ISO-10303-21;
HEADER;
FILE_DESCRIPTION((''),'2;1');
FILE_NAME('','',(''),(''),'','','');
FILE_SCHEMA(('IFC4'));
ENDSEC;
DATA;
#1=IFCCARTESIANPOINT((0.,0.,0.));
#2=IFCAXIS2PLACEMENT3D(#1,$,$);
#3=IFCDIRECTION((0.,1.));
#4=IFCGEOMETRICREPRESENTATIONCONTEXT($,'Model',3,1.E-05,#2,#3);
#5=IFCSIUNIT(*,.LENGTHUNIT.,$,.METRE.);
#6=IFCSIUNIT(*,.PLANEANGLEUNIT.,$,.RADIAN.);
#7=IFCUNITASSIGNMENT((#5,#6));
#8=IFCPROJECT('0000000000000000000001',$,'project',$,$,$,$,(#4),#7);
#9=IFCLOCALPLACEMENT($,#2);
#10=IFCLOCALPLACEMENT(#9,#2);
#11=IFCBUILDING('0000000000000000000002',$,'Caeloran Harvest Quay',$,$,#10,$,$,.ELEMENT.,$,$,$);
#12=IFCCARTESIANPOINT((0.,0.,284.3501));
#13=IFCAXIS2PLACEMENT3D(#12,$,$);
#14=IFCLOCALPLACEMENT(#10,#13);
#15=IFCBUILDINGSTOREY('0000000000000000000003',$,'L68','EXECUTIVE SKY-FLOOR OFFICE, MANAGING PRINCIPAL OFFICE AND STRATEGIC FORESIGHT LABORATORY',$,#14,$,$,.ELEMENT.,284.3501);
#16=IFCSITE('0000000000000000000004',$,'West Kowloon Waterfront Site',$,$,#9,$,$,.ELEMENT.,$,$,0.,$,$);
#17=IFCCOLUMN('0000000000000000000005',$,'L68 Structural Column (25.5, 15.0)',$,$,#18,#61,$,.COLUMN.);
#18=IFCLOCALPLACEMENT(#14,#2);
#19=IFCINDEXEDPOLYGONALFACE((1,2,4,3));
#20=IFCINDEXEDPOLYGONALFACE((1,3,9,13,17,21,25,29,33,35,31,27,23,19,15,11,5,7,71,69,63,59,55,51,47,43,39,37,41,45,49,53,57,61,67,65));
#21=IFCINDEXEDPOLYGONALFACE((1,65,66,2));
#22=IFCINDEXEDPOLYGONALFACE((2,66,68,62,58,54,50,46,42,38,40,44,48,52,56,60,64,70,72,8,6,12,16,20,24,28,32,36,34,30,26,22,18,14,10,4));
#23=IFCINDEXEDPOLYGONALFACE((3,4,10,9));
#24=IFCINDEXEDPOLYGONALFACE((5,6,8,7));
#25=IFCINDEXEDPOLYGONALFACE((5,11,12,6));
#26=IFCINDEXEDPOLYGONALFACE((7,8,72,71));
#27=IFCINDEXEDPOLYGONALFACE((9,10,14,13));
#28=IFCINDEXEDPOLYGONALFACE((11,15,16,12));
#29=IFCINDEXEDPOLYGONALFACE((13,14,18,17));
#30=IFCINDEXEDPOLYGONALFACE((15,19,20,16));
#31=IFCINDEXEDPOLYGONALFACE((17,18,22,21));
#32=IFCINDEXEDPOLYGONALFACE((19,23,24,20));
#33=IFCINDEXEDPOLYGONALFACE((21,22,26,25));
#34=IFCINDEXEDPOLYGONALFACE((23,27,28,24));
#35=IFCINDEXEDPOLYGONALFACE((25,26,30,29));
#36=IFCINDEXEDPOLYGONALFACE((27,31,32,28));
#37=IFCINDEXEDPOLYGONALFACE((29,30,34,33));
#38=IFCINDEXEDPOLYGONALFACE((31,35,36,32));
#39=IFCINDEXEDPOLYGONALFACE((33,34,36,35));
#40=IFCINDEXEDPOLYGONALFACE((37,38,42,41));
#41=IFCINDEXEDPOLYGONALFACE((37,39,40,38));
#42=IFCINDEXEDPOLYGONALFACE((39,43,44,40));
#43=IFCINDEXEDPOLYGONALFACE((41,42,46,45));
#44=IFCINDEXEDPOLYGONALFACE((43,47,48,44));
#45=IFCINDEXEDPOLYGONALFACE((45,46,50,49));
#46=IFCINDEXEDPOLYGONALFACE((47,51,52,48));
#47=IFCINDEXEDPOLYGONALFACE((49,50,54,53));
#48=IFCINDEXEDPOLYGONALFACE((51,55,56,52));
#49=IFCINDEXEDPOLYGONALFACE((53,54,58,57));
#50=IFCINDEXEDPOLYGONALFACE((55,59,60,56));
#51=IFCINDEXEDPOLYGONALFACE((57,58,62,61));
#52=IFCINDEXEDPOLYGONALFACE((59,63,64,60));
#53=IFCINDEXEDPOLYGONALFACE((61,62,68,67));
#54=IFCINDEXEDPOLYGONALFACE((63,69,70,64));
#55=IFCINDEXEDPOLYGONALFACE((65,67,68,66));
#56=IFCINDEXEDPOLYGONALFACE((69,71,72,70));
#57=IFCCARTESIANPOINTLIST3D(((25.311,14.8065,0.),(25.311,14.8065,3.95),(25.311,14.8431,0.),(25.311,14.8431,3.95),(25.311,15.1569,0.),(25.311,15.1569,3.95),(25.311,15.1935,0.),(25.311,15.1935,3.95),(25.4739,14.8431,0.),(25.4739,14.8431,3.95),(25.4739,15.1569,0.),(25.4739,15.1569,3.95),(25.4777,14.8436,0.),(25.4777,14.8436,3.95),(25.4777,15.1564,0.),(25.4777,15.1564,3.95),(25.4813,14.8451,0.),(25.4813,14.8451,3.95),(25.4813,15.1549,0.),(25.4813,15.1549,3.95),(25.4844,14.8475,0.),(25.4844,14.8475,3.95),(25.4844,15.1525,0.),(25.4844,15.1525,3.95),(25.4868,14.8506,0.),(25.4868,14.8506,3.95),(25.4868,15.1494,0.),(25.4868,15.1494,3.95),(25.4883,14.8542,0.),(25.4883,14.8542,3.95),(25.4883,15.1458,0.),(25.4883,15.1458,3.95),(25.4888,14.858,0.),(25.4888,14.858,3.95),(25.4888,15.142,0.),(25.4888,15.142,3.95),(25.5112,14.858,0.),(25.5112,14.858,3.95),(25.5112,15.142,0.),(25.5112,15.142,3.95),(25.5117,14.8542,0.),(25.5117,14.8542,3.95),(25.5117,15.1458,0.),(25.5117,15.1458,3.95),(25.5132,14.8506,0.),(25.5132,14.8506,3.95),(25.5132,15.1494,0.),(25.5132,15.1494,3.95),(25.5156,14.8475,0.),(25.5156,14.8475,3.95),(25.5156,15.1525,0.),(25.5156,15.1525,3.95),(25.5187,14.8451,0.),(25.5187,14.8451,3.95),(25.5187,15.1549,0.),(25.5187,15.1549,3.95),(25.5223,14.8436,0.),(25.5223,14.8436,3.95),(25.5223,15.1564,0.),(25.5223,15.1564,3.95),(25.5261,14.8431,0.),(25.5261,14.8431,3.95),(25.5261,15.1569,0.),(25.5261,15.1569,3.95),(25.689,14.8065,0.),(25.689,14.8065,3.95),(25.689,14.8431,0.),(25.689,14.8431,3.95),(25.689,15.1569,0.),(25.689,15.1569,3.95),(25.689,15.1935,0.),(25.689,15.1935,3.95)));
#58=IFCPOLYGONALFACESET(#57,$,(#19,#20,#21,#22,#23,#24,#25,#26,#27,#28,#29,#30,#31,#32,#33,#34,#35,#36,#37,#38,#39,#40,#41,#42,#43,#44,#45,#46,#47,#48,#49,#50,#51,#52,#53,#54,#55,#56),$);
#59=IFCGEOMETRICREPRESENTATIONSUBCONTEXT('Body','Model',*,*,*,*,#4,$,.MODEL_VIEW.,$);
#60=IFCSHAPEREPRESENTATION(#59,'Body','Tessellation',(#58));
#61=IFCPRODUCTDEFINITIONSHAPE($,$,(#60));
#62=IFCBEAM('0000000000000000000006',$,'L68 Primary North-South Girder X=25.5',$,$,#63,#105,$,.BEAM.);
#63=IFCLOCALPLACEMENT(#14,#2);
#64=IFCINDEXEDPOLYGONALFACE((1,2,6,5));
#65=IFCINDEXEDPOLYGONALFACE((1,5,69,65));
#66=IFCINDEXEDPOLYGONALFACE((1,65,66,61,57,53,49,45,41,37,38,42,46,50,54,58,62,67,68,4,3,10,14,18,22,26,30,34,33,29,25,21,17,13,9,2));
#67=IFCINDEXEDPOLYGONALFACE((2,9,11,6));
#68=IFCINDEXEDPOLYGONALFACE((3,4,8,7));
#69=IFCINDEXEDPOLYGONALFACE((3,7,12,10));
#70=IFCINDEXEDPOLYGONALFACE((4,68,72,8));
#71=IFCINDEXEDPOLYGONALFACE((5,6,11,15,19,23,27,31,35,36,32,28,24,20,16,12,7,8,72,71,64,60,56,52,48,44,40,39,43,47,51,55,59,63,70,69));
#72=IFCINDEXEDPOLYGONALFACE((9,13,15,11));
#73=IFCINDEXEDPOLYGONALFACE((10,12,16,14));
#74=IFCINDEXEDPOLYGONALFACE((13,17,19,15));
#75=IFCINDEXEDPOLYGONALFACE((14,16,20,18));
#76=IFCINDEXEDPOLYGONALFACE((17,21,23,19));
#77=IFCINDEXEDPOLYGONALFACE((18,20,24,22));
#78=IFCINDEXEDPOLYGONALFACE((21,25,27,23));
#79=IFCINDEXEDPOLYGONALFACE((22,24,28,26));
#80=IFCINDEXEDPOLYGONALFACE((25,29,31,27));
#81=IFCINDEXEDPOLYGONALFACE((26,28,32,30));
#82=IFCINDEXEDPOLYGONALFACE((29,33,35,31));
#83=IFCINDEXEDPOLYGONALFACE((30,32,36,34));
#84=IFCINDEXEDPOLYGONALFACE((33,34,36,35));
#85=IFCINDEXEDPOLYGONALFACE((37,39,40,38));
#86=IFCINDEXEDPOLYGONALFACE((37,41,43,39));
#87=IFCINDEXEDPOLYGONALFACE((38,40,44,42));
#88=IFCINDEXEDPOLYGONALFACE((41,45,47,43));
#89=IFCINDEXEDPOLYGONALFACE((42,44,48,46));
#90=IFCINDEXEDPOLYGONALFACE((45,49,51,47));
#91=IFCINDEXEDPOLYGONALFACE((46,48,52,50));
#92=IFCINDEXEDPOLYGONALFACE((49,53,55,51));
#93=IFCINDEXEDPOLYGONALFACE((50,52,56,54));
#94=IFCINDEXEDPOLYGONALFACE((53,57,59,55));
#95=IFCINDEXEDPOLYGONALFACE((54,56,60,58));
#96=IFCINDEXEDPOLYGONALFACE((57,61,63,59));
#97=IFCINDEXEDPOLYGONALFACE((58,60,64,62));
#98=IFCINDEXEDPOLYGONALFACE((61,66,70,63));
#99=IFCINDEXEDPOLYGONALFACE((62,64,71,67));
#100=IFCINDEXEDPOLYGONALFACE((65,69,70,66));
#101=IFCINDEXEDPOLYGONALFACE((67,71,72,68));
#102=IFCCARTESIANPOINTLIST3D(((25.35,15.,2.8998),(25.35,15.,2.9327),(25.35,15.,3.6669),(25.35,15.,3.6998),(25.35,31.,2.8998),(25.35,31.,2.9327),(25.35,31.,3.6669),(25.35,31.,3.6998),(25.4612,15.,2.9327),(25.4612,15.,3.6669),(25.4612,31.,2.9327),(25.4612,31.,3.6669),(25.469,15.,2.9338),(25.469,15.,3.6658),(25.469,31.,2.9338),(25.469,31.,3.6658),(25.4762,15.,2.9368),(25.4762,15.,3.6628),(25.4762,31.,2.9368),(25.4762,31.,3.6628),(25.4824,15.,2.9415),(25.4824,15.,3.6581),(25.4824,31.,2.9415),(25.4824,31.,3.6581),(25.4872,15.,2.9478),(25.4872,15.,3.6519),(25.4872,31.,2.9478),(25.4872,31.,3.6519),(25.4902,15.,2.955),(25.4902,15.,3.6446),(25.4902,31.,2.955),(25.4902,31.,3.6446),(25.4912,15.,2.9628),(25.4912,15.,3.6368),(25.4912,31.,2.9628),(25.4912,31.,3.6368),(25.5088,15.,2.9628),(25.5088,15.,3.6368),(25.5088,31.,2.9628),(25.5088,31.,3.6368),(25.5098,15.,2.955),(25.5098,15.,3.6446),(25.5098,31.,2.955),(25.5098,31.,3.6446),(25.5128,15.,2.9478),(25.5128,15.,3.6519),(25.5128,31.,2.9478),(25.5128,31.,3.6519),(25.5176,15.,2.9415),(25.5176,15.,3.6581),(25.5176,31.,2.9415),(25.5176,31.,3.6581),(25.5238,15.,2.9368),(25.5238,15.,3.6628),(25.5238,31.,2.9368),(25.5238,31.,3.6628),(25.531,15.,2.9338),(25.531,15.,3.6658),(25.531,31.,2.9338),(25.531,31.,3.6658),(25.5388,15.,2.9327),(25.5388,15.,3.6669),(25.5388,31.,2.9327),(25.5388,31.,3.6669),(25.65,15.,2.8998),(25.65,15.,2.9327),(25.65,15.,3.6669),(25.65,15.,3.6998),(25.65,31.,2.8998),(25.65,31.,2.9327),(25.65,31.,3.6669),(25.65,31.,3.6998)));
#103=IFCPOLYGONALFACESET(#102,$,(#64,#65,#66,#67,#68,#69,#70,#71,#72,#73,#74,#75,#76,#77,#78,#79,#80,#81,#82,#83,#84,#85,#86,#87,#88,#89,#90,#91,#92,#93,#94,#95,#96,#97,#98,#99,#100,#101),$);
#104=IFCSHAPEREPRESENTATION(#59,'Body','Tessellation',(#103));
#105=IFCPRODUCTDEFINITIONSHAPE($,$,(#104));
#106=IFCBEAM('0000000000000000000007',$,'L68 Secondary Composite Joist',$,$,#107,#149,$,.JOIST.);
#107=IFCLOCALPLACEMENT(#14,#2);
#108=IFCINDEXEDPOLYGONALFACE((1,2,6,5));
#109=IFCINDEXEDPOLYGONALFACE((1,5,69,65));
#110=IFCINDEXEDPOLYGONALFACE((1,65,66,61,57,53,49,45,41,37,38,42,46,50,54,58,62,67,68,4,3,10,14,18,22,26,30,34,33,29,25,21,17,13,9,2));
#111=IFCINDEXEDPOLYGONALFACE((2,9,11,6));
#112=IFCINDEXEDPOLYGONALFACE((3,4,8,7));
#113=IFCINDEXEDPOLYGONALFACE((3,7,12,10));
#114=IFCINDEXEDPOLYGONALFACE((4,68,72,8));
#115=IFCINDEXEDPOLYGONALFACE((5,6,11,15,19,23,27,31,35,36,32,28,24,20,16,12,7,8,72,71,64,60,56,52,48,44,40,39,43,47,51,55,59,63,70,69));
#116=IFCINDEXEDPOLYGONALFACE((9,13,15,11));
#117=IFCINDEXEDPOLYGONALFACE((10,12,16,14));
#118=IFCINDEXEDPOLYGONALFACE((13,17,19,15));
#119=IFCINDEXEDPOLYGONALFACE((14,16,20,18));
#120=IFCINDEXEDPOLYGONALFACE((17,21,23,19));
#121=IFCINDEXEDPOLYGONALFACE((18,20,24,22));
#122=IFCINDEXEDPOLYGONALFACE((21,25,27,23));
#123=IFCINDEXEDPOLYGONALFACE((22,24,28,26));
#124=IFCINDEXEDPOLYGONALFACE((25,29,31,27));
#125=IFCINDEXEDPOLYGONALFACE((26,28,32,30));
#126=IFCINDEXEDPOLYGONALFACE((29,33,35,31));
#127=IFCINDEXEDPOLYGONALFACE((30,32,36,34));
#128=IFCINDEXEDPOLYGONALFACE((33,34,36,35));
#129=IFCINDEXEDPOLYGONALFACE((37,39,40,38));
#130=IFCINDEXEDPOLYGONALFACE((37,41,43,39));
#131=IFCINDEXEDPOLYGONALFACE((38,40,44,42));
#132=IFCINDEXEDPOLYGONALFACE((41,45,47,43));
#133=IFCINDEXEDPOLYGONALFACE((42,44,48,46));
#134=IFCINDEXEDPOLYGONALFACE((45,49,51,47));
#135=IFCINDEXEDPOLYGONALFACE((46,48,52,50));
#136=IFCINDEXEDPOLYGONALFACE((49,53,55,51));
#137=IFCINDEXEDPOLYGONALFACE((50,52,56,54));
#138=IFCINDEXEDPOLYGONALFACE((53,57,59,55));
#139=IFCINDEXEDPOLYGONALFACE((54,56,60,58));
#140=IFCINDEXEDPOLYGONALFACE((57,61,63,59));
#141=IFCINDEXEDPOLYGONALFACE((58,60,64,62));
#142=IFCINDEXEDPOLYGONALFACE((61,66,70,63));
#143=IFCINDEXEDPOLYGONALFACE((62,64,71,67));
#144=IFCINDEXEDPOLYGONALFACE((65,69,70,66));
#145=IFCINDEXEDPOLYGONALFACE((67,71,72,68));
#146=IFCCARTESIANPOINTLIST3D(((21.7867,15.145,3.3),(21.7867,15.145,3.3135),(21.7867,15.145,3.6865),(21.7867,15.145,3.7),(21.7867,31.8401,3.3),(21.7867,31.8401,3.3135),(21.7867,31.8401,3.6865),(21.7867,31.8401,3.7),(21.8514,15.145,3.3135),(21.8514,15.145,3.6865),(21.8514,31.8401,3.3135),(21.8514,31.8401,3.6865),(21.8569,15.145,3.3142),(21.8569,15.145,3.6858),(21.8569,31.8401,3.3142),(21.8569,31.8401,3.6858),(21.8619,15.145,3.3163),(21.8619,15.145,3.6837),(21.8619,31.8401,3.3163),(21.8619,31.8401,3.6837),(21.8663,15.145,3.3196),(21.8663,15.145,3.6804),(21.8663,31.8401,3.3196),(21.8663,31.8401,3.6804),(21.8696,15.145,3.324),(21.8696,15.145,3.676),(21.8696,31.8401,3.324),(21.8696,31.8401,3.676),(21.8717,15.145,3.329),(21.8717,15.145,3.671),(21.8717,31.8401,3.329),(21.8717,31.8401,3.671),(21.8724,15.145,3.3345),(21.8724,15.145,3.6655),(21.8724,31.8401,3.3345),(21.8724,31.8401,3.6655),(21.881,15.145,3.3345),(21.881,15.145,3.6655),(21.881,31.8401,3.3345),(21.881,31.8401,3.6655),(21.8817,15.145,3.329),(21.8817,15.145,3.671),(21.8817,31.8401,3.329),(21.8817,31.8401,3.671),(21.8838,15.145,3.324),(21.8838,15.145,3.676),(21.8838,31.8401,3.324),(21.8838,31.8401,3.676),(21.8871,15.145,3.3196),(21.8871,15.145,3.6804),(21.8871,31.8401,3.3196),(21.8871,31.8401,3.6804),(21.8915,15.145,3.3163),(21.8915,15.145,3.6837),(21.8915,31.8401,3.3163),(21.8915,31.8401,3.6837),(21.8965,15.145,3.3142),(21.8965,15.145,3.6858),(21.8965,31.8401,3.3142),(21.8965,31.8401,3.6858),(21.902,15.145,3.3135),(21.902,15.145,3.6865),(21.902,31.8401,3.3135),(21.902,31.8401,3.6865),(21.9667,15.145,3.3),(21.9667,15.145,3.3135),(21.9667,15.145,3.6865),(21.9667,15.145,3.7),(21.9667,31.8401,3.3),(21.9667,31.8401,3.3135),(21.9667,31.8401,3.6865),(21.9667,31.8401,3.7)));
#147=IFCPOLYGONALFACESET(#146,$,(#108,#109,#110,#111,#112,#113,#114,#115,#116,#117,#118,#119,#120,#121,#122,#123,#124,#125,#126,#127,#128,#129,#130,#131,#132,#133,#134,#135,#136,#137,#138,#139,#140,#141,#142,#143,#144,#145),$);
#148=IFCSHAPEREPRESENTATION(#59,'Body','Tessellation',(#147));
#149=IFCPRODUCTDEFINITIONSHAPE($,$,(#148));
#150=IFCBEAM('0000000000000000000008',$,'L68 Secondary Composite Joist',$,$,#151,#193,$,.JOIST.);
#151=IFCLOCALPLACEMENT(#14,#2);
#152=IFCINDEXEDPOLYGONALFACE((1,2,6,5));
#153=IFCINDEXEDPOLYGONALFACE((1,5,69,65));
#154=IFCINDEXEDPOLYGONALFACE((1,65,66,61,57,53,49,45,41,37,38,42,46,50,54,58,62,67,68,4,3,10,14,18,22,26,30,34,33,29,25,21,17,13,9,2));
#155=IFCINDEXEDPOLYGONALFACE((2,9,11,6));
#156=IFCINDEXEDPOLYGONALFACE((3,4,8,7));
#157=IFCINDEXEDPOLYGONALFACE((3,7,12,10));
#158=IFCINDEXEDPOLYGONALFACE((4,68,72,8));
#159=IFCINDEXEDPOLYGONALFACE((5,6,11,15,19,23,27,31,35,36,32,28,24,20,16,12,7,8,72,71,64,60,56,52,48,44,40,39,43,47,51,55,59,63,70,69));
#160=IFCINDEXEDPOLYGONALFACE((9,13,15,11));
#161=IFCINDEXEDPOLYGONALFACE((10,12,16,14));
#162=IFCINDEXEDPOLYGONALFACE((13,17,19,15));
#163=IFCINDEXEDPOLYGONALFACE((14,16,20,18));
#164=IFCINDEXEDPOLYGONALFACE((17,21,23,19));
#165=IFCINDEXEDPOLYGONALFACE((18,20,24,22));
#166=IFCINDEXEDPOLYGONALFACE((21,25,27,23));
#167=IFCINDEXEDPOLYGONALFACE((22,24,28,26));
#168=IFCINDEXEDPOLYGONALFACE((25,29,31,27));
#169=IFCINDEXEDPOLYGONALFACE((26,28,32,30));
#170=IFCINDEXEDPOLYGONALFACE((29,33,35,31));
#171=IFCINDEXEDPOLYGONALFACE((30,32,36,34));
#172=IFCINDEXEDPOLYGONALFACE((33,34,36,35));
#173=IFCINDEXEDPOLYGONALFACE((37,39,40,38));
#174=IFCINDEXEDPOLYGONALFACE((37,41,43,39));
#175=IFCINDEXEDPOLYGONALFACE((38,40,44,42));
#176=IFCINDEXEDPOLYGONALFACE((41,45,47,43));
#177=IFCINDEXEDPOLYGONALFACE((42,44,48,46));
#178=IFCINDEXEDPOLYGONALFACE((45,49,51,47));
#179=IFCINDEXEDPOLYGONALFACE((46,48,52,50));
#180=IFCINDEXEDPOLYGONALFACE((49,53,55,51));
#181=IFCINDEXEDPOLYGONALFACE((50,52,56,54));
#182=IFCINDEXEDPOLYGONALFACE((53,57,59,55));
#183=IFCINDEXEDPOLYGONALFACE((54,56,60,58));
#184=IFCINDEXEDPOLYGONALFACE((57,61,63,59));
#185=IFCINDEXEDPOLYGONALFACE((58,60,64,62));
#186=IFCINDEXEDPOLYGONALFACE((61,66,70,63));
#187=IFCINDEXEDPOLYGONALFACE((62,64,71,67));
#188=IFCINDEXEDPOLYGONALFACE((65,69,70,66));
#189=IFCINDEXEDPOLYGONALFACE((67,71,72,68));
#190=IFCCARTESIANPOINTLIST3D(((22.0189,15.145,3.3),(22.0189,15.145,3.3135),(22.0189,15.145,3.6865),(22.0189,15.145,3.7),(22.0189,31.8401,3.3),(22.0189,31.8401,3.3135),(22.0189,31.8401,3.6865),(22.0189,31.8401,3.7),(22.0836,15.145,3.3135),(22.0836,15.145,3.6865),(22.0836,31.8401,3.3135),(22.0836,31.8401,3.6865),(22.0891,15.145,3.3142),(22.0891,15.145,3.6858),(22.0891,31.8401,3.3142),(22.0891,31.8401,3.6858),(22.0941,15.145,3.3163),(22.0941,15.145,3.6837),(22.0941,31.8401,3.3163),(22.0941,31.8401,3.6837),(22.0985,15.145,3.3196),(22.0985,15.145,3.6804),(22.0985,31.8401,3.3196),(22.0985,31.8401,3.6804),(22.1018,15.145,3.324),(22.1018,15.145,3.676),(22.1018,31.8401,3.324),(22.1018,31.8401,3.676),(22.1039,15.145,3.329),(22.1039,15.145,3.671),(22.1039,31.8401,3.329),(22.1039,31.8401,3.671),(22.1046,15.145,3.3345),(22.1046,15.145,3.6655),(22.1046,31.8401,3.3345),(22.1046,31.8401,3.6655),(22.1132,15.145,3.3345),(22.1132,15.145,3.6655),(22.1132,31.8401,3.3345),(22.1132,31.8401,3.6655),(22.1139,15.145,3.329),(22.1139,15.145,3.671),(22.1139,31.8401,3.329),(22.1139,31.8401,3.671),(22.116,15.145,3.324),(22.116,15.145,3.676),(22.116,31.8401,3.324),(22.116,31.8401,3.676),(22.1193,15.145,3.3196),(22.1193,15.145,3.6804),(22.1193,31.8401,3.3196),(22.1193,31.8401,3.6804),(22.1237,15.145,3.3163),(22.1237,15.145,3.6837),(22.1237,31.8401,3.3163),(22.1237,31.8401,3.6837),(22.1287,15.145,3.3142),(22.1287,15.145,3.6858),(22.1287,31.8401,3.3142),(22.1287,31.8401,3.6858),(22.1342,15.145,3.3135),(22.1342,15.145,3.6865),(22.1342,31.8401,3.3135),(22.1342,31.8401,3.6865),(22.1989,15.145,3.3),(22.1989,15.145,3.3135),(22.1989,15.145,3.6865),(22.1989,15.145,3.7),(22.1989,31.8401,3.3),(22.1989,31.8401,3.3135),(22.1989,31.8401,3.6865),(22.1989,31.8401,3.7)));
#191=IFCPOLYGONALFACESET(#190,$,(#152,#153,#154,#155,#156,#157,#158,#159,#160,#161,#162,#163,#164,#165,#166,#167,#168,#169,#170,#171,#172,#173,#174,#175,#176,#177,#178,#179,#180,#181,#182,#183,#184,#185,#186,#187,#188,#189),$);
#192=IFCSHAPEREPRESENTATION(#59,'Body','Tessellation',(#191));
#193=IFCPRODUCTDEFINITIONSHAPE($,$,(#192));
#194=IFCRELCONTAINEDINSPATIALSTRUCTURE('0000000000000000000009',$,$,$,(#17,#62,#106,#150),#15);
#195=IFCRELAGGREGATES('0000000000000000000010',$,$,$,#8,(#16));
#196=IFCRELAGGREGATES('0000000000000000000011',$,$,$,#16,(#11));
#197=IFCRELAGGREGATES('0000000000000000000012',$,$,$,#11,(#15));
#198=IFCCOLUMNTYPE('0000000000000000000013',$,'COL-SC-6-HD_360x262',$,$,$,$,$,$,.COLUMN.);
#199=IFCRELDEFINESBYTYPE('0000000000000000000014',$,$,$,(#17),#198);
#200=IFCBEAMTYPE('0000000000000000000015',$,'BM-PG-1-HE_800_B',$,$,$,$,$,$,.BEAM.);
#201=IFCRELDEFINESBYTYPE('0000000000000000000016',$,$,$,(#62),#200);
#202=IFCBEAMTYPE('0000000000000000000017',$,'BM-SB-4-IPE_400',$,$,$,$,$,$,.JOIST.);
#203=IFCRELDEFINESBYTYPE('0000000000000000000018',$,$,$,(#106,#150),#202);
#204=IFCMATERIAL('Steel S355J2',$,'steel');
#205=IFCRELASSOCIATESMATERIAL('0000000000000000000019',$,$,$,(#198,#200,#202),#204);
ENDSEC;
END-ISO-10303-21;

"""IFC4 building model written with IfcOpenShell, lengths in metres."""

from ifc_helpers import new_model, si_unit, direction, frame, origin, origin_2d, place, context, subcontext, project, spatial, i_section, extrude, material, material_profile, profile_set, type_object, element, save


model = new_model("IFC4")

# Units and contexts
model_context = context("Model", 3, precision=1e-05, world=origin(), true_north=direction((0.0, 1.0)))
body_context = subcontext(model_context, "Body", "Model", "MODEL_VIEW")
ifc_project = project(units=[si_unit("LENGTHUNIT", "METRE"), si_unit("PLANEANGLEUNIT", "RADIAN")], contexts=[model_context])

# Site, building, storey
site_placement = place(None, origin())
site = spatial("IfcSite", under=ifc_project, at=site_placement, Name="West Kowloon Waterfront Site", CompositionType="ELEMENT", RefElevation=0.0)
building_placement = place(site_placement, origin())
building = spatial("IfcBuilding", under=site, at=building_placement, Name="Caeloran Harvest Quay", CompositionType="ELEMENT")
storey_placement = place(building_placement, frame((0.0, 0.0, 284.3501)))
storey = spatial("IfcBuildingStorey", under=building, at=storey_placement, Name="L68", Description="EXECUTIVE SKY-FLOOR OFFICE, MANAGING PRINCIPAL OFFICE AND STRATEGIC FORESIGHT LABORATORY", CompositionType="ELEMENT", Elevation=284.3501)

# Column
ifc_material_1 = material(Name="Steel S355J2", Category="steel")
ifc_material_profile_1 = material_profile(ifc_material_1, i_section(OverallWidth=0.3779, OverallDepth=0.387, WebThickness=0.0225, FlangeThickness=0.0366, FilletRadius=0.0149, at=origin_2d()), Name="HD 360x262")
ifc_profile_set_1 = profile_set([ifc_material_profile_1], Name="Steel S355J2")
column_type = type_object("IfcColumnType", Name="COL-SC-6-HD_360x262", PredefinedType="COLUMN", material=ifc_profile_set_1)
column_placement = place(storey_placement, frame((25.5, 15.0, 0.0), z_axis=(0.0, 0.0, 1.0), x_axis=(1.0, 0.0, 0.0)))
element("IfcColumn", 1, at=column_placement, inside=storey, type_object=column_type, Name="L68 Structural Column (25.5, 15.0)", PredefinedType="COLUMN", context=body_context, shape_type="SweptSolid", body=[
    extrude(i_section(OverallWidth=0.3779, OverallDepth=0.387, WebThickness=0.0225, FlangeThickness=0.0366, FilletRadius=0.0149, at=origin_2d()), origin(), (0.0, 0.0, 1.0), 3.95),
])

# Beams
ifc_material_profile_2 = material_profile(ifc_material_1, i_section(OverallWidth=0.3, OverallDepth=0.8, WebThickness=0.0176, FlangeThickness=0.033, FilletRadius=0.03, at=origin_2d()), Name="HE 800 B")
ifc_profile_set_2 = profile_set([ifc_material_profile_2], Name="Steel S355J2")
beam_type_1 = type_object("IfcBeamType", Name="BM-PG-1-HE_800_B", PredefinedType="BEAM", material=ifc_profile_set_2)
beam_placement = place(storey_placement, frame((25.5, 15.0, 3.2998), z_axis=(0.0, 1.0, 0.0), x_axis=(-1.0, 0.0, 0.0)))
element("IfcBeam", 2, at=beam_placement, inside=storey, type_object=beam_type_1, Name="L68 Primary North-South Girder X=25.5", PredefinedType="BEAM", context=body_context, shape_type="SweptSolid", body=[
    extrude(i_section(OverallWidth=0.3, OverallDepth=0.8, WebThickness=0.0176, FlangeThickness=0.033, FilletRadius=0.03, at=origin_2d()), origin(), (0.0, 0.0, 1.0), 16.0),
])
ifc_material_profile_3 = material_profile(ifc_material_1, i_section(OverallWidth=0.1799, OverallDepth=0.3999, WebThickness=0.0085, FlangeThickness=0.0134, FilletRadius=0.021, at=origin_2d()), Name="IPE 400")
ifc_profile_set_3 = profile_set([ifc_material_profile_3], Name="Steel S355J2")
beam_type_2 = type_object("IfcBeamType", Name="BM-SB-4-IPE_400", PredefinedType="JOIST", material=ifc_profile_set_3)
for number, where, z_axis, x_axis, name in (
    (3, (21.8767, 15.145, 3.5), (0.0, 1.0, 0.0), (-1.0, 0.0, 0.0), "L68 Secondary Composite Joist"),
    (4, (22.1089, 15.145, 3.5), (0.0, 1.0, 0.0), (-1.0, 0.0, 0.0), "L68 Secondary Composite Joist"),
):
    element("IfcBeam", number, at=place(storey_placement, frame(where, z_axis=z_axis, x_axis=x_axis)), inside=storey, type_object=beam_type_2, Name=name, PredefinedType="JOIST", context=body_context, shape_type="SweptSolid", body=[
        extrude(i_section(OverallWidth=0.1799, OverallDepth=0.3999, WebThickness=0.0085, FlangeThickness=0.0134, FilletRadius=0.021, at=origin_2d()), origin(), (0.0, 0.0, 1.0), 16.6951),
    ])

save(model, "model.ifc")
